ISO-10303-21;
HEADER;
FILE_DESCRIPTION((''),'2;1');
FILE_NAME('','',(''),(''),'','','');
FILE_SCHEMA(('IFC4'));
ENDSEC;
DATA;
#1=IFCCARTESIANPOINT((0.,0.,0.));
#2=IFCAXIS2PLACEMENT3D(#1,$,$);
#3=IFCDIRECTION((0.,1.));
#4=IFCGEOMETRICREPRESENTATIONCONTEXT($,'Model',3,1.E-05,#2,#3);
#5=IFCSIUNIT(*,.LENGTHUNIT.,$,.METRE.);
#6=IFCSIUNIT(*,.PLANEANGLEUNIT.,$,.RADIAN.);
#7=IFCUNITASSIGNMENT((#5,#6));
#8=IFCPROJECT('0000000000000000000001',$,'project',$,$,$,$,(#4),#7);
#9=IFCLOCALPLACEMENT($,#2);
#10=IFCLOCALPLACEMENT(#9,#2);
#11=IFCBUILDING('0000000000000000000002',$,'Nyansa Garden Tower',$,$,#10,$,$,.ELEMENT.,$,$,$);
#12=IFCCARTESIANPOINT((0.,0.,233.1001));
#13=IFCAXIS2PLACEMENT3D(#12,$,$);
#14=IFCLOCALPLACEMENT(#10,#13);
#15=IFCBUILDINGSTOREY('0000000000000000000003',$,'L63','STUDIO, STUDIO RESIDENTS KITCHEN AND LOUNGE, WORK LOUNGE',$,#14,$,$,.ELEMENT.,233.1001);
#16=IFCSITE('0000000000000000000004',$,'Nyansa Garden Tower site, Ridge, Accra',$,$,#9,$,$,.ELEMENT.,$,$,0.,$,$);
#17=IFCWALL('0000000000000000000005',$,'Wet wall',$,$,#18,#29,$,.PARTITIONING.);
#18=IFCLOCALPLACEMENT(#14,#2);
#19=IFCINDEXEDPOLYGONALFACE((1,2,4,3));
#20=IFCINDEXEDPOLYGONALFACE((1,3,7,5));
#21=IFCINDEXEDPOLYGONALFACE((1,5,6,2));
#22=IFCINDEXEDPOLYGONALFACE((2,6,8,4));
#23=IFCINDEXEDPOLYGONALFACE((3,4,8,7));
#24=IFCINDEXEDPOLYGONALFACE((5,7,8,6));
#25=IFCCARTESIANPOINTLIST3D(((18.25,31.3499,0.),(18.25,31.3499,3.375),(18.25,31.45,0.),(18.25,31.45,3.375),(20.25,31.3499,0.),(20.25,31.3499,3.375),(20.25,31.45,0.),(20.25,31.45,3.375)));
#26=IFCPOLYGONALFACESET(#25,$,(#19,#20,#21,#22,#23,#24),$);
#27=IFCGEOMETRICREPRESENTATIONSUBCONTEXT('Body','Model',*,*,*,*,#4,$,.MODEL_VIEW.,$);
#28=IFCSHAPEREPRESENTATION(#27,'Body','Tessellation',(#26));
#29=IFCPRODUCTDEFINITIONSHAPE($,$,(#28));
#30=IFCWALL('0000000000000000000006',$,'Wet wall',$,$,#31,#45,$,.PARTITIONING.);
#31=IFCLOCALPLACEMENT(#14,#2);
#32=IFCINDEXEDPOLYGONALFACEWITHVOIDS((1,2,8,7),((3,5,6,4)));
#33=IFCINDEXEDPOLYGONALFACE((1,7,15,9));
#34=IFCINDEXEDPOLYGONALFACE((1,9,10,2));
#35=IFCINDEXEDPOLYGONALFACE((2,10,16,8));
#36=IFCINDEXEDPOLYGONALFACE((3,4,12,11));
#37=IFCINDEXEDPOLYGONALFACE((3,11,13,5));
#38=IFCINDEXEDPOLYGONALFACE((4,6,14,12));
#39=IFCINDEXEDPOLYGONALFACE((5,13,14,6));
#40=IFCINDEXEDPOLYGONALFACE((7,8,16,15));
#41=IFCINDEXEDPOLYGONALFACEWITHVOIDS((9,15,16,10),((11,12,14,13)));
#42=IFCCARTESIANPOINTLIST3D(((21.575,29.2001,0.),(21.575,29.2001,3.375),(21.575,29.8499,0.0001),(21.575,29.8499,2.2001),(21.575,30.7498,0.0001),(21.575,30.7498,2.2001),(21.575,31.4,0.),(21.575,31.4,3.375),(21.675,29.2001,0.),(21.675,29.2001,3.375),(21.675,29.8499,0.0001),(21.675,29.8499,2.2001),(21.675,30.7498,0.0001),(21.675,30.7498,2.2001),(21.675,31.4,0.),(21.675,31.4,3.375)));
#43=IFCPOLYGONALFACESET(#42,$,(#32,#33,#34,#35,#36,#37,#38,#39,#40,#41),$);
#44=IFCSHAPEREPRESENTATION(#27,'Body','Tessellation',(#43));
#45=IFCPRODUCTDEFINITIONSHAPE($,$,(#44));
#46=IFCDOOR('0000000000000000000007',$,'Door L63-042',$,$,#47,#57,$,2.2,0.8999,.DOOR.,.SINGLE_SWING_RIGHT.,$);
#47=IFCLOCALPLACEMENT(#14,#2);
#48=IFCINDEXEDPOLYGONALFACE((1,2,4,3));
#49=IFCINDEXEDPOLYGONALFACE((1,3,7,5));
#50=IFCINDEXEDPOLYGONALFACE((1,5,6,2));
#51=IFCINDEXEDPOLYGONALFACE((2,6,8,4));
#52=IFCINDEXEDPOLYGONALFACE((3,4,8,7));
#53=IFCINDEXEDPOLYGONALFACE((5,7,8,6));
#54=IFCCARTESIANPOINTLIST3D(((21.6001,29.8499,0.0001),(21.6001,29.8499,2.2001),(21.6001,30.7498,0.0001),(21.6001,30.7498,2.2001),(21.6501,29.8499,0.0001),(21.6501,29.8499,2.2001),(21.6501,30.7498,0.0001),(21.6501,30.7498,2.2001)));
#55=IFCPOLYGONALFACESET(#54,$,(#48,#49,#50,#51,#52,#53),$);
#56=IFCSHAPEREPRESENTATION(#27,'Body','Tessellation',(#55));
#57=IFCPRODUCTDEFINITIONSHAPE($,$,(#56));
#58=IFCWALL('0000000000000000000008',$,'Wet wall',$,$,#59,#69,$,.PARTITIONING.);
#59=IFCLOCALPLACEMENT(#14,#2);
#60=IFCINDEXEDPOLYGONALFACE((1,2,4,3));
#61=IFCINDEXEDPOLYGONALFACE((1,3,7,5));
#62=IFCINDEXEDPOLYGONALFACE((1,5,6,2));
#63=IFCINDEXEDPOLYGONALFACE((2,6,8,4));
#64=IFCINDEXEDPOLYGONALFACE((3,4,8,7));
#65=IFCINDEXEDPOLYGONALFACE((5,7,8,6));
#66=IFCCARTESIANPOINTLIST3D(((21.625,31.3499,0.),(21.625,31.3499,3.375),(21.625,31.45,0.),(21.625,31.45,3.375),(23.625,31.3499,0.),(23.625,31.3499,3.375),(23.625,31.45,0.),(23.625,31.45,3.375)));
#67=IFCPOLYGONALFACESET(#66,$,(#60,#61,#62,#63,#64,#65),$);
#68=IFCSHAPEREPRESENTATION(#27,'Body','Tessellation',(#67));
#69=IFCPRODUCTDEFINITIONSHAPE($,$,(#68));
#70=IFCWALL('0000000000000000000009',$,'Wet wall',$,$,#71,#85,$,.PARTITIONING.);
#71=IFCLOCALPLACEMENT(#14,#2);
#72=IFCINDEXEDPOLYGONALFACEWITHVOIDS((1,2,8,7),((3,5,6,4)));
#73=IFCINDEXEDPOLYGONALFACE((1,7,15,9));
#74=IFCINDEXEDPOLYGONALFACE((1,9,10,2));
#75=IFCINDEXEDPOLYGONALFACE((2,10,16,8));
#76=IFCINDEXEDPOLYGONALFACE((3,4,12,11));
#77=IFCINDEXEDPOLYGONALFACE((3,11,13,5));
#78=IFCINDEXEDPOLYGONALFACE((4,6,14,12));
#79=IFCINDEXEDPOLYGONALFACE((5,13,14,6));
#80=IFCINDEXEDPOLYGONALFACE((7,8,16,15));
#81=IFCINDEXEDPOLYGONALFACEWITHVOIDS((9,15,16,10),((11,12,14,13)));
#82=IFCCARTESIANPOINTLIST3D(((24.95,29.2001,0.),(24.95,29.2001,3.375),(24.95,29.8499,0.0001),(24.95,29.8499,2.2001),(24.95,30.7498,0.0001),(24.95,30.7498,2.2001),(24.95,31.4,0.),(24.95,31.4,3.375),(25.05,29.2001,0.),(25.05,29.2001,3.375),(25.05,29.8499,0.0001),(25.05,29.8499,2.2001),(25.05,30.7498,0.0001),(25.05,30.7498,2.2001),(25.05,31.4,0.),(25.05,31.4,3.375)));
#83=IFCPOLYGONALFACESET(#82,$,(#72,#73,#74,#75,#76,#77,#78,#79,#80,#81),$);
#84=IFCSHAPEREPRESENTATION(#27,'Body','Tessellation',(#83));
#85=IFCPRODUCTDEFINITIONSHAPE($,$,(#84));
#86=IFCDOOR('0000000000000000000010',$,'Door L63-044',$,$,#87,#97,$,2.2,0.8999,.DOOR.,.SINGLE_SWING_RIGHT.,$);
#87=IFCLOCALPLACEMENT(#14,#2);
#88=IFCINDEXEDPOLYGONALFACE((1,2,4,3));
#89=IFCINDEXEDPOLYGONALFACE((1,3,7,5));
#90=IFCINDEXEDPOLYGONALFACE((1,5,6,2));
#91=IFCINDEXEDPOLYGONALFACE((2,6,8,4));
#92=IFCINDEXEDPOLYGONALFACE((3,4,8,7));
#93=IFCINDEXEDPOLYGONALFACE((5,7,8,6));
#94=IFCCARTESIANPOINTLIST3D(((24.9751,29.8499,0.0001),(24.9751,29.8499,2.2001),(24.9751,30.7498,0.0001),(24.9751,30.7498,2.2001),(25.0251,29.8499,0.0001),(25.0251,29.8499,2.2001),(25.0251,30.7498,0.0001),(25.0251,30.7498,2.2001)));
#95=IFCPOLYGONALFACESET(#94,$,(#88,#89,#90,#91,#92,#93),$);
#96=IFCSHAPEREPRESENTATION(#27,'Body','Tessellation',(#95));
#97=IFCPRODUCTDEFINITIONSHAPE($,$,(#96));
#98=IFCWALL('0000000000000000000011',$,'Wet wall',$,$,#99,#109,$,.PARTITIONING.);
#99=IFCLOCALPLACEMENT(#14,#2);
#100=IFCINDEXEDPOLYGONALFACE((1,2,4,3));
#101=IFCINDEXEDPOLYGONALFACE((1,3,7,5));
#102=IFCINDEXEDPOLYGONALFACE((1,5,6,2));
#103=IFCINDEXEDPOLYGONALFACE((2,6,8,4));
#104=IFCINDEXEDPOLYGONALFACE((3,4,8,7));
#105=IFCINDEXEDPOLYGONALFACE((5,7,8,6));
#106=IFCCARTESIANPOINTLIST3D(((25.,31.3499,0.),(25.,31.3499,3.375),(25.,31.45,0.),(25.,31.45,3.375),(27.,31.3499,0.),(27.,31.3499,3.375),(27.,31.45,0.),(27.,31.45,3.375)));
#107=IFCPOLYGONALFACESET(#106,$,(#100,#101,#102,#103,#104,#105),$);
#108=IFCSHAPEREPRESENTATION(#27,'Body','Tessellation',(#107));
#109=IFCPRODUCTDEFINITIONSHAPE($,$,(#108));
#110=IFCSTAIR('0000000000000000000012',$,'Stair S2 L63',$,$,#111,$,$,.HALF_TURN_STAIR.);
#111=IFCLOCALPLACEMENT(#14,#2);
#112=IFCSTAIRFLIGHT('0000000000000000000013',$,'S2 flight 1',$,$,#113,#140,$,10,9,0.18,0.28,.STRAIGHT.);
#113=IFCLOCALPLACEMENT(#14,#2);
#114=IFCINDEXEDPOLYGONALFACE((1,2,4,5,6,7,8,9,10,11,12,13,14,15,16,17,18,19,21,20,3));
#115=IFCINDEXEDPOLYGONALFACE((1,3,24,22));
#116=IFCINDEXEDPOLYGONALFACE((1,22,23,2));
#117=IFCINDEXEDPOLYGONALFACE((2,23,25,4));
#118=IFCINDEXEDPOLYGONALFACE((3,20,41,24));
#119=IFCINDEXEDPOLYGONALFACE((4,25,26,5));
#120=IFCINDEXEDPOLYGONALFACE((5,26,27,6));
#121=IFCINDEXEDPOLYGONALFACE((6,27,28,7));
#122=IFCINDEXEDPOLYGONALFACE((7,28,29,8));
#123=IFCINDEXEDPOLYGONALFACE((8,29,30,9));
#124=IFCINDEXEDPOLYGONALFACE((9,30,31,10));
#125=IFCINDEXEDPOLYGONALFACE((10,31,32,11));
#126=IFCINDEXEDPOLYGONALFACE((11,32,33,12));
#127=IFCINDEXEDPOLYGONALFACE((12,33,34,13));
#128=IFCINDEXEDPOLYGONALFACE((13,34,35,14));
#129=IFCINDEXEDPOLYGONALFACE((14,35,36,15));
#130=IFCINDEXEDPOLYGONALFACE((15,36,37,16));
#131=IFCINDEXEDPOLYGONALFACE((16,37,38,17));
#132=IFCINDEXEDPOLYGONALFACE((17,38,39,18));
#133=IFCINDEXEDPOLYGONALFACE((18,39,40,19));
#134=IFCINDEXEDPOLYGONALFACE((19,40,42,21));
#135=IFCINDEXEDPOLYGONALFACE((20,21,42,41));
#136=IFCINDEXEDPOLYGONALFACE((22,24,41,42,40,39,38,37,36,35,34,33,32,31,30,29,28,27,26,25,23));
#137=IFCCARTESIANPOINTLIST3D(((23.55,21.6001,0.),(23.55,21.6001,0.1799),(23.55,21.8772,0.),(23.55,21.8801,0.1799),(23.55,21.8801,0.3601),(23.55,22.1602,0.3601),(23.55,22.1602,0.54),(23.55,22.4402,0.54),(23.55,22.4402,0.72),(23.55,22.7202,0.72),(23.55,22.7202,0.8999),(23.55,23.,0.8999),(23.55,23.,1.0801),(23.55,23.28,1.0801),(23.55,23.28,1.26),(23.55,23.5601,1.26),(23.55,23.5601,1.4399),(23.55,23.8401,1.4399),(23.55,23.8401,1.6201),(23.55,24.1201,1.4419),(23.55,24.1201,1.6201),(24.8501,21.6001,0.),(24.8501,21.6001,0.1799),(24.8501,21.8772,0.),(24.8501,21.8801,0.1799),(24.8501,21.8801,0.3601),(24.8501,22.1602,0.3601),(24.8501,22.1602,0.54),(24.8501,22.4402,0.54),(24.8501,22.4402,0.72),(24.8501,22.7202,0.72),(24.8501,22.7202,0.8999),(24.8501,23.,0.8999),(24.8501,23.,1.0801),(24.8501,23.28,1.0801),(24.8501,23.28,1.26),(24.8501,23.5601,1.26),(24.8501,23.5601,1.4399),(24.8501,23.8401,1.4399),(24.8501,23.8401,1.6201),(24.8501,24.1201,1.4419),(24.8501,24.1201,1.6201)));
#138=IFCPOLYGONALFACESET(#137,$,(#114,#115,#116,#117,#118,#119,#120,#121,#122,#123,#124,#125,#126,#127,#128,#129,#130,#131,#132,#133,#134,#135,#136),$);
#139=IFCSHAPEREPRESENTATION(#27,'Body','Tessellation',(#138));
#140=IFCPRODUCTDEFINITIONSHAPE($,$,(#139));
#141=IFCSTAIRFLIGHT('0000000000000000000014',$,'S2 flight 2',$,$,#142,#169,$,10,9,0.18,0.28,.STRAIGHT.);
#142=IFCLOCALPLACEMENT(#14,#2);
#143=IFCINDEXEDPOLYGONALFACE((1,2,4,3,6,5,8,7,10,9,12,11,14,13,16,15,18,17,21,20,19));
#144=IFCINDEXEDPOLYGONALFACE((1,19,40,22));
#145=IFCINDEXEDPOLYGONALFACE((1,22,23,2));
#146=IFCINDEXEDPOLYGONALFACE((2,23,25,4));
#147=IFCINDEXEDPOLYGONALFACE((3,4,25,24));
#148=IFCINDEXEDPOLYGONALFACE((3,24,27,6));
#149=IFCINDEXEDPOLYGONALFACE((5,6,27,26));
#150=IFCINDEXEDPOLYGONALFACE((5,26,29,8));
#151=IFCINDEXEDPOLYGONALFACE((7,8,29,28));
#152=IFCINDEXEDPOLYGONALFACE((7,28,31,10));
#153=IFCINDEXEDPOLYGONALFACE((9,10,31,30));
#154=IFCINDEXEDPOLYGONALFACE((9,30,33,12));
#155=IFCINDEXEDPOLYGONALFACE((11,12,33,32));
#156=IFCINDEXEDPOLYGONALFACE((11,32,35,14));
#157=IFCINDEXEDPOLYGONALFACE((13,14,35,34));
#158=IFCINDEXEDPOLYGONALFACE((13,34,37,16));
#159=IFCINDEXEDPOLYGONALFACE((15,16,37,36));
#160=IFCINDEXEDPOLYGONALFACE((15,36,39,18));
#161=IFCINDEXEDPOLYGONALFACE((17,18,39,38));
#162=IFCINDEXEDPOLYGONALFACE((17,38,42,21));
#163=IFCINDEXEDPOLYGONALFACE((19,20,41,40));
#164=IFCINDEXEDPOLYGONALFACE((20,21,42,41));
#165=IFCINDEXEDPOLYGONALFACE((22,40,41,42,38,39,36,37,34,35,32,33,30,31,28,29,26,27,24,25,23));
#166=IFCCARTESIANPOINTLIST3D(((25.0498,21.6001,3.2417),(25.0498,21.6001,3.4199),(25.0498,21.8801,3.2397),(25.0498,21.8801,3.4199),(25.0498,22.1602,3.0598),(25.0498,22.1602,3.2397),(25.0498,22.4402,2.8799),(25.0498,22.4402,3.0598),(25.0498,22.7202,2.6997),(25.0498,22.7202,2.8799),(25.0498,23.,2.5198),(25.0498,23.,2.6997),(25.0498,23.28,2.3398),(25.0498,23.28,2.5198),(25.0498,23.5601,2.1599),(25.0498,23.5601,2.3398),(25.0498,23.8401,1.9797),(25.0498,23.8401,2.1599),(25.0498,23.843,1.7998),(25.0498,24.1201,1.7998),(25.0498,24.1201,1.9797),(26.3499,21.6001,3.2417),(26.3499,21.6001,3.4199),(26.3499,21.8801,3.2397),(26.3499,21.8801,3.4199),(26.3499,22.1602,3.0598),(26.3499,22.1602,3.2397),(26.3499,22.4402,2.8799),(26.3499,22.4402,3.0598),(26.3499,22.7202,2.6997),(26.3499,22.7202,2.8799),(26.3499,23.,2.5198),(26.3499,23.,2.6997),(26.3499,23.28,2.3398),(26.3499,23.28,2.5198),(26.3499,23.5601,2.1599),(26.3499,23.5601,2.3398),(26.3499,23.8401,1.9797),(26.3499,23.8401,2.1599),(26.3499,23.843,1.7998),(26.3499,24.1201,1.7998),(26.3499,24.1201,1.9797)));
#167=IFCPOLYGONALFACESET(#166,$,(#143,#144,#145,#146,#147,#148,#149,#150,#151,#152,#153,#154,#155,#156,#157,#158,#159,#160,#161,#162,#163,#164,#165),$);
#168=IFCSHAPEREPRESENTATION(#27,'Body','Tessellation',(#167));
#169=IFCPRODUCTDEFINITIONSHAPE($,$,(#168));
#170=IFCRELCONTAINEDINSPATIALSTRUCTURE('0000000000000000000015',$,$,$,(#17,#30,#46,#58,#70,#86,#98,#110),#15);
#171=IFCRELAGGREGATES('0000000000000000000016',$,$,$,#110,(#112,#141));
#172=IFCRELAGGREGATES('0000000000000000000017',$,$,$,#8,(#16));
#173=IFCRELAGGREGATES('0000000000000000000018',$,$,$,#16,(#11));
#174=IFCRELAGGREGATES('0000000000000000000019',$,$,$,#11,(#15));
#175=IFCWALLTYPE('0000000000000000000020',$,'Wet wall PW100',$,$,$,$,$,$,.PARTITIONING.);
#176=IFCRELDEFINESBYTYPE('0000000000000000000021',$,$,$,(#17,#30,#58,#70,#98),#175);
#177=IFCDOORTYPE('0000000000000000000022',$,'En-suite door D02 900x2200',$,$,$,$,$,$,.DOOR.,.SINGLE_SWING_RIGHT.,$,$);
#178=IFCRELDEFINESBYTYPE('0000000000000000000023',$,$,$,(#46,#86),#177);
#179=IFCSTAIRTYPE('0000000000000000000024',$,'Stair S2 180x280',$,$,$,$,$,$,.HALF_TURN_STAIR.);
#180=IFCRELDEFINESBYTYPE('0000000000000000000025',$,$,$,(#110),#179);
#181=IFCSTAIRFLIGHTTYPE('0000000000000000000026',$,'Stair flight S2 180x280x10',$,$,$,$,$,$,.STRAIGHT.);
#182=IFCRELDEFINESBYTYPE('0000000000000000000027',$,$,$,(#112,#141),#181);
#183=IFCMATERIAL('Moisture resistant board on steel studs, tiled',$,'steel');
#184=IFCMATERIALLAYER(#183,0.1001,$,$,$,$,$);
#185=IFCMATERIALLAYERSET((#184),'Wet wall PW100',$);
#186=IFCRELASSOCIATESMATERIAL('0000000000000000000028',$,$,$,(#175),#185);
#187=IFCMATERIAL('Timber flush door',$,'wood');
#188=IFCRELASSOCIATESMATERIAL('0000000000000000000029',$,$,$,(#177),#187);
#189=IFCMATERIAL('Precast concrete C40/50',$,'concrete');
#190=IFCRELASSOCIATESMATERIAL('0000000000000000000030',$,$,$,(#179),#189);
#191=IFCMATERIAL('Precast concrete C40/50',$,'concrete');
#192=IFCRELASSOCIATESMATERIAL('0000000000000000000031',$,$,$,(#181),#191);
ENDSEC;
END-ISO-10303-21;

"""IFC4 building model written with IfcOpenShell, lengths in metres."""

from ifc_helpers import new_model, si_unit, direction, frame, frame_2d, origin, place, context, subcontext, project, spatial, polyline, rectangle, outline, extrude, material, layer, layer_set, type_object, element, fill, aggregate, save


model = new_model("IFC4")

# Units and contexts
model_context = context("Model", 3, precision=1e-05, world=origin(), true_north=direction((0.0, 1.0)))
body_context = subcontext(model_context, "Body", "Model", "MODEL_VIEW")
ifc_project = project(units=[si_unit("LENGTHUNIT", "METRE"), si_unit("PLANEANGLEUNIT", "RADIAN")], contexts=[model_context])

# Site, building, storey
site_placement = place(None, origin())
site = spatial("IfcSite", under=ifc_project, at=site_placement, Name="Nyansa Garden Tower site, Ridge, Accra", CompositionType="ELEMENT", RefElevation=0.0)
building_placement = place(site_placement, origin())
building = spatial("IfcBuilding", under=site, at=building_placement, Name="Nyansa Garden Tower", CompositionType="ELEMENT")
storey_placement = place(building_placement, frame((0.0, 0.0, 233.1001)))
storey = spatial("IfcBuildingStorey", under=building, at=storey_placement, Name="L63", Description="STUDIO, STUDIO RESIDENTS KITCHEN AND LOUNGE, WORK LOUNGE", CompositionType="ELEMENT", Elevation=233.1001)

# Shared definitions
ifc_material_1 = material(Name="Moisture resistant board on steel studs, tiled", Category="steel")
ifc_layer_1 = layer(ifc_material_1, 0.1001)
ifc_layer_set_1 = layer_set([ifc_layer_1], Name="Wet wall PW100")
wall_type_1 = type_object("IfcWallType", Name="Wet wall PW100", PredefinedType="PARTITIONING", material=ifc_layer_set_1)
ifc_material_2 = material(Name="Timber flush door", Category="wood")
door_type = type_object("IfcDoorType", Name="En-suite door D02 900x2200", OperationType="SINGLE_SWING_RIGHT", PredefinedType="DOOR", material=ifc_material_2)

# Wall
wall_1_placement = place(storey_placement, frame((18.25, 31.3999, 0.0), z_axis=(0.0, 0.0, 1.0), x_axis=(1.0, 0.0, 0.0)))
element("IfcWall", 1, at=wall_1_placement, inside=storey, type_object=wall_type_1, Name="Wet wall", PredefinedType="PARTITIONING", context=body_context, shape_type="SweptSolid", body=[
    extrude(rectangle(XDim=2.0, YDim=0.1001, at=frame_2d((1.0, 0.0))), origin(), (0.0, 0.0, 1.0), 3.375),
])

# Wall, opening, door
wall_2_placement = place(storey_placement, frame((21.625, 29.2, 0.0), z_axis=(0.0, 0.0, 1.0), x_axis=(0.0, 1.0, 0.0)))
wall_2 = element("IfcWall", 2, at=wall_2_placement, inside=storey, type_object=wall_type_1, Name="Wet wall", PredefinedType="PARTITIONING", context=body_context, shape_type="SweptSolid", body=[
    extrude(rectangle(XDim=2.2, YDim=0.1001, at=frame_2d((1.1001, 0.0))), origin(), (0.0, 0.0, 1.0), 3.375),
])
opening_1_placement = place(wall_2_placement, frame((0.6499, 0.0, 0.0)))
opening_1 = element("IfcOpeningElement", 3, at=opening_1_placement, cuts=wall_2, PredefinedType="OPENING", context=body_context, shape_type="SweptSolid", body=[
    extrude(rectangle(XDim=0.8999, YDim=2.2, at=frame_2d((0.45, 1.1001))), frame((0.0, 0.0601, 0.0), z_axis=(0.0, -1.0, 0.0), x_axis=(1.0, 0.0, 0.0)), (0.0, 0.0, 1.0), 0.1201),
])
door_1_placement = place(opening_1_placement, origin())
door_1 = element("IfcDoor", 4, at=door_1_placement, inside=storey, type_object=door_type, Name="Door L63-042", OperationType="SINGLE_SWING_RIGHT", OverallHeight=2.2, OverallWidth=0.8999, PredefinedType="DOOR", context=body_context, shape_type="SweptSolid", body=[
    extrude(rectangle(XDim=0.8999, YDim=2.2, at=frame_2d((0.45, 1.1001))), frame((0.0, 0.0249, 0.0), z_axis=(0.0, -1.0, 0.0), x_axis=(1.0, 0.0, 0.0)), (0.0, 0.0, 1.0), 0.05),
])
fill(opening_1, door_1)

# Wall
wall_3_placement = place(storey_placement, frame((21.625, 31.3999, 0.0), z_axis=(0.0, 0.0, 1.0), x_axis=(1.0, 0.0, 0.0)))
element("IfcWall", 5, at=wall_3_placement, inside=storey, type_object=wall_type_1, Name="Wet wall", PredefinedType="PARTITIONING", context=body_context, shape_type="SweptSolid", body=[
    extrude(rectangle(XDim=2.0, YDim=0.1001, at=frame_2d((1.0, 0.0))), origin(), (0.0, 0.0, 1.0), 3.375),
])

# Wall, opening, door
wall_4_placement = place(storey_placement, frame((25.0, 29.2, 0.0), z_axis=(0.0, 0.0, 1.0), x_axis=(0.0, 1.0, 0.0)))
wall_4 = element("IfcWall", 6, at=wall_4_placement, inside=storey, type_object=wall_type_1, Name="Wet wall", PredefinedType="PARTITIONING", context=body_context, shape_type="SweptSolid", body=[
    extrude(rectangle(XDim=2.2, YDim=0.1001, at=frame_2d((1.1001, 0.0))), origin(), (0.0, 0.0, 1.0), 3.375),
])
opening_2_placement = place(wall_4_placement, frame((0.6499, 0.0, 0.0)))
opening_2 = element("IfcOpeningElement", 7, at=opening_2_placement, cuts=wall_4, PredefinedType="OPENING", context=body_context, shape_type="SweptSolid", body=[
    extrude(rectangle(XDim=0.8999, YDim=2.2, at=frame_2d((0.45, 1.1001))), frame((0.0, 0.0601, 0.0), z_axis=(0.0, -1.0, 0.0), x_axis=(1.0, 0.0, 0.0)), (0.0, 0.0, 1.0), 0.1201),
])
door_2_placement = place(opening_2_placement, origin())
door_2 = element("IfcDoor", 8, at=door_2_placement, inside=storey, type_object=door_type, Name="Door L63-044", OperationType="SINGLE_SWING_RIGHT", OverallHeight=2.2, OverallWidth=0.8999, PredefinedType="DOOR", context=body_context, shape_type="SweptSolid", body=[
    extrude(rectangle(XDim=0.8999, YDim=2.2, at=frame_2d((0.45, 1.1001))), frame((0.0, 0.0249, 0.0), z_axis=(0.0, -1.0, 0.0), x_axis=(1.0, 0.0, 0.0)), (0.0, 0.0, 1.0), 0.05),
])
fill(opening_2, door_2)

# Wall
wall_5_placement = place(storey_placement, frame((25.0, 31.3999, 0.0), z_axis=(0.0, 0.0, 1.0), x_axis=(1.0, 0.0, 0.0)))
element("IfcWall", 9, at=wall_5_placement, inside=storey, type_object=wall_type_1, Name="Wet wall", PredefinedType="PARTITIONING", context=body_context, shape_type="SweptSolid", body=[
    extrude(rectangle(XDim=2.0, YDim=0.1001, at=frame_2d((1.0, 0.0))), origin(), (0.0, 0.0, 1.0), 3.375),
])

# Stair, stair flights
ifc_material_3 = material(Name="Precast concrete C40/50", Category="concrete")
stair_type = type_object("IfcStairType", Name="Stair S2 180x280", PredefinedType="HALF_TURN_STAIR", material=ifc_material_3)
stair_placement = place(storey_placement, origin())
stair = element("IfcStair", 10, at=stair_placement, inside=storey, type_object=stair_type, Name="Stair S2 L63", PredefinedType="HALF_TURN_STAIR")
ifc_material_4 = material(Name="Precast concrete C40/50", Category="concrete")
stair_flight_type = type_object("IfcStairFlightType", Name="Stair flight S2 180x280x10", PredefinedType="STRAIGHT", material=ifc_material_4)
stair_flight_1_placement = place(storey_placement, frame((24.2, 21.6001, 0.0), z_axis=(0.0, 0.0, 1.0), x_axis=(0.0, 1.0, 0.0)))
stair_flight_1 = element("IfcStairFlight", 11, at=stair_flight_1_placement, type_object=stair_flight_type, Name="S2 flight 1", NumberOfRisers=10, NumberOfTreads=9, PredefinedType="STRAIGHT", RiserHeight=0.18, TreadLength=0.28, context=body_context, shape_type="SweptSolid", body=[
    extrude(outline(polyline([(0.0, 0.0), (0.0, 0.1799), (0.28, 0.1799), (0.28, 0.3601), (0.5601, 0.3601), (0.5601, 0.54), (0.8401, 0.54), (0.8401, 0.72), (1.1201, 0.72), (1.1201, 0.8999), (1.3999, 0.8999), (1.3999, 1.0801), (1.6799, 1.0801), (1.6799, 1.26), (1.96, 1.26), (1.96, 1.4399), (2.24, 1.4399), (2.24, 1.6201), (2.52, 1.6201), (2.52, 1.8), (2.52, 1.4419), (0.2771, 0.0), (0.0, 0.0)])), frame((0.0, 0.6499, 0.0), z_axis=(0.0, -1.0, 0.0), x_axis=(1.0, 0.0, 0.0)), (0.0, 0.0, 1.0), 1.3),
])
stair_flight_2_placement = place(storey_placement, frame((25.7, 24.1201, 1.7998), z_axis=(0.0, 0.0, 1.0), x_axis=(0.0, -1.0, 0.0)))
stair_flight_2 = element("IfcStairFlight", 12, at=stair_flight_2_placement, type_object=stair_flight_type, Name="S2 flight 2", NumberOfRisers=10, NumberOfTreads=9, PredefinedType="STRAIGHT", RiserHeight=0.18, TreadLength=0.28, context=body_context, shape_type="SweptSolid", body=[
    extrude(outline(polyline([(0.0, 0.0), (0.0, 0.1799), (0.28, 0.1799), (0.28, 0.3601), (0.5601, 0.3601), (0.5601, 0.54), (0.8401, 0.54), (0.8401, 0.72), (1.1201, 0.72), (1.1201, 0.8999), (1.3999, 0.8999), (1.3999, 1.0801), (1.6799, 1.0801), (1.6799, 1.26), (1.96, 1.26), (1.96, 1.4399), (2.24, 1.4399), (2.24, 1.6201), (2.52, 1.6201), (2.52, 1.8), (2.52, 1.4419), (0.2771, 0.0), (0.0, 0.0)])), frame((0.0, 0.6499, 0.0), z_axis=(0.0, -1.0, 0.0), x_axis=(1.0, 0.0, 0.0)), (0.0, 0.0, 1.0), 1.3),
])
aggregate(stair, [stair_flight_1, stair_flight_2])

save(model, "model.ifc")
